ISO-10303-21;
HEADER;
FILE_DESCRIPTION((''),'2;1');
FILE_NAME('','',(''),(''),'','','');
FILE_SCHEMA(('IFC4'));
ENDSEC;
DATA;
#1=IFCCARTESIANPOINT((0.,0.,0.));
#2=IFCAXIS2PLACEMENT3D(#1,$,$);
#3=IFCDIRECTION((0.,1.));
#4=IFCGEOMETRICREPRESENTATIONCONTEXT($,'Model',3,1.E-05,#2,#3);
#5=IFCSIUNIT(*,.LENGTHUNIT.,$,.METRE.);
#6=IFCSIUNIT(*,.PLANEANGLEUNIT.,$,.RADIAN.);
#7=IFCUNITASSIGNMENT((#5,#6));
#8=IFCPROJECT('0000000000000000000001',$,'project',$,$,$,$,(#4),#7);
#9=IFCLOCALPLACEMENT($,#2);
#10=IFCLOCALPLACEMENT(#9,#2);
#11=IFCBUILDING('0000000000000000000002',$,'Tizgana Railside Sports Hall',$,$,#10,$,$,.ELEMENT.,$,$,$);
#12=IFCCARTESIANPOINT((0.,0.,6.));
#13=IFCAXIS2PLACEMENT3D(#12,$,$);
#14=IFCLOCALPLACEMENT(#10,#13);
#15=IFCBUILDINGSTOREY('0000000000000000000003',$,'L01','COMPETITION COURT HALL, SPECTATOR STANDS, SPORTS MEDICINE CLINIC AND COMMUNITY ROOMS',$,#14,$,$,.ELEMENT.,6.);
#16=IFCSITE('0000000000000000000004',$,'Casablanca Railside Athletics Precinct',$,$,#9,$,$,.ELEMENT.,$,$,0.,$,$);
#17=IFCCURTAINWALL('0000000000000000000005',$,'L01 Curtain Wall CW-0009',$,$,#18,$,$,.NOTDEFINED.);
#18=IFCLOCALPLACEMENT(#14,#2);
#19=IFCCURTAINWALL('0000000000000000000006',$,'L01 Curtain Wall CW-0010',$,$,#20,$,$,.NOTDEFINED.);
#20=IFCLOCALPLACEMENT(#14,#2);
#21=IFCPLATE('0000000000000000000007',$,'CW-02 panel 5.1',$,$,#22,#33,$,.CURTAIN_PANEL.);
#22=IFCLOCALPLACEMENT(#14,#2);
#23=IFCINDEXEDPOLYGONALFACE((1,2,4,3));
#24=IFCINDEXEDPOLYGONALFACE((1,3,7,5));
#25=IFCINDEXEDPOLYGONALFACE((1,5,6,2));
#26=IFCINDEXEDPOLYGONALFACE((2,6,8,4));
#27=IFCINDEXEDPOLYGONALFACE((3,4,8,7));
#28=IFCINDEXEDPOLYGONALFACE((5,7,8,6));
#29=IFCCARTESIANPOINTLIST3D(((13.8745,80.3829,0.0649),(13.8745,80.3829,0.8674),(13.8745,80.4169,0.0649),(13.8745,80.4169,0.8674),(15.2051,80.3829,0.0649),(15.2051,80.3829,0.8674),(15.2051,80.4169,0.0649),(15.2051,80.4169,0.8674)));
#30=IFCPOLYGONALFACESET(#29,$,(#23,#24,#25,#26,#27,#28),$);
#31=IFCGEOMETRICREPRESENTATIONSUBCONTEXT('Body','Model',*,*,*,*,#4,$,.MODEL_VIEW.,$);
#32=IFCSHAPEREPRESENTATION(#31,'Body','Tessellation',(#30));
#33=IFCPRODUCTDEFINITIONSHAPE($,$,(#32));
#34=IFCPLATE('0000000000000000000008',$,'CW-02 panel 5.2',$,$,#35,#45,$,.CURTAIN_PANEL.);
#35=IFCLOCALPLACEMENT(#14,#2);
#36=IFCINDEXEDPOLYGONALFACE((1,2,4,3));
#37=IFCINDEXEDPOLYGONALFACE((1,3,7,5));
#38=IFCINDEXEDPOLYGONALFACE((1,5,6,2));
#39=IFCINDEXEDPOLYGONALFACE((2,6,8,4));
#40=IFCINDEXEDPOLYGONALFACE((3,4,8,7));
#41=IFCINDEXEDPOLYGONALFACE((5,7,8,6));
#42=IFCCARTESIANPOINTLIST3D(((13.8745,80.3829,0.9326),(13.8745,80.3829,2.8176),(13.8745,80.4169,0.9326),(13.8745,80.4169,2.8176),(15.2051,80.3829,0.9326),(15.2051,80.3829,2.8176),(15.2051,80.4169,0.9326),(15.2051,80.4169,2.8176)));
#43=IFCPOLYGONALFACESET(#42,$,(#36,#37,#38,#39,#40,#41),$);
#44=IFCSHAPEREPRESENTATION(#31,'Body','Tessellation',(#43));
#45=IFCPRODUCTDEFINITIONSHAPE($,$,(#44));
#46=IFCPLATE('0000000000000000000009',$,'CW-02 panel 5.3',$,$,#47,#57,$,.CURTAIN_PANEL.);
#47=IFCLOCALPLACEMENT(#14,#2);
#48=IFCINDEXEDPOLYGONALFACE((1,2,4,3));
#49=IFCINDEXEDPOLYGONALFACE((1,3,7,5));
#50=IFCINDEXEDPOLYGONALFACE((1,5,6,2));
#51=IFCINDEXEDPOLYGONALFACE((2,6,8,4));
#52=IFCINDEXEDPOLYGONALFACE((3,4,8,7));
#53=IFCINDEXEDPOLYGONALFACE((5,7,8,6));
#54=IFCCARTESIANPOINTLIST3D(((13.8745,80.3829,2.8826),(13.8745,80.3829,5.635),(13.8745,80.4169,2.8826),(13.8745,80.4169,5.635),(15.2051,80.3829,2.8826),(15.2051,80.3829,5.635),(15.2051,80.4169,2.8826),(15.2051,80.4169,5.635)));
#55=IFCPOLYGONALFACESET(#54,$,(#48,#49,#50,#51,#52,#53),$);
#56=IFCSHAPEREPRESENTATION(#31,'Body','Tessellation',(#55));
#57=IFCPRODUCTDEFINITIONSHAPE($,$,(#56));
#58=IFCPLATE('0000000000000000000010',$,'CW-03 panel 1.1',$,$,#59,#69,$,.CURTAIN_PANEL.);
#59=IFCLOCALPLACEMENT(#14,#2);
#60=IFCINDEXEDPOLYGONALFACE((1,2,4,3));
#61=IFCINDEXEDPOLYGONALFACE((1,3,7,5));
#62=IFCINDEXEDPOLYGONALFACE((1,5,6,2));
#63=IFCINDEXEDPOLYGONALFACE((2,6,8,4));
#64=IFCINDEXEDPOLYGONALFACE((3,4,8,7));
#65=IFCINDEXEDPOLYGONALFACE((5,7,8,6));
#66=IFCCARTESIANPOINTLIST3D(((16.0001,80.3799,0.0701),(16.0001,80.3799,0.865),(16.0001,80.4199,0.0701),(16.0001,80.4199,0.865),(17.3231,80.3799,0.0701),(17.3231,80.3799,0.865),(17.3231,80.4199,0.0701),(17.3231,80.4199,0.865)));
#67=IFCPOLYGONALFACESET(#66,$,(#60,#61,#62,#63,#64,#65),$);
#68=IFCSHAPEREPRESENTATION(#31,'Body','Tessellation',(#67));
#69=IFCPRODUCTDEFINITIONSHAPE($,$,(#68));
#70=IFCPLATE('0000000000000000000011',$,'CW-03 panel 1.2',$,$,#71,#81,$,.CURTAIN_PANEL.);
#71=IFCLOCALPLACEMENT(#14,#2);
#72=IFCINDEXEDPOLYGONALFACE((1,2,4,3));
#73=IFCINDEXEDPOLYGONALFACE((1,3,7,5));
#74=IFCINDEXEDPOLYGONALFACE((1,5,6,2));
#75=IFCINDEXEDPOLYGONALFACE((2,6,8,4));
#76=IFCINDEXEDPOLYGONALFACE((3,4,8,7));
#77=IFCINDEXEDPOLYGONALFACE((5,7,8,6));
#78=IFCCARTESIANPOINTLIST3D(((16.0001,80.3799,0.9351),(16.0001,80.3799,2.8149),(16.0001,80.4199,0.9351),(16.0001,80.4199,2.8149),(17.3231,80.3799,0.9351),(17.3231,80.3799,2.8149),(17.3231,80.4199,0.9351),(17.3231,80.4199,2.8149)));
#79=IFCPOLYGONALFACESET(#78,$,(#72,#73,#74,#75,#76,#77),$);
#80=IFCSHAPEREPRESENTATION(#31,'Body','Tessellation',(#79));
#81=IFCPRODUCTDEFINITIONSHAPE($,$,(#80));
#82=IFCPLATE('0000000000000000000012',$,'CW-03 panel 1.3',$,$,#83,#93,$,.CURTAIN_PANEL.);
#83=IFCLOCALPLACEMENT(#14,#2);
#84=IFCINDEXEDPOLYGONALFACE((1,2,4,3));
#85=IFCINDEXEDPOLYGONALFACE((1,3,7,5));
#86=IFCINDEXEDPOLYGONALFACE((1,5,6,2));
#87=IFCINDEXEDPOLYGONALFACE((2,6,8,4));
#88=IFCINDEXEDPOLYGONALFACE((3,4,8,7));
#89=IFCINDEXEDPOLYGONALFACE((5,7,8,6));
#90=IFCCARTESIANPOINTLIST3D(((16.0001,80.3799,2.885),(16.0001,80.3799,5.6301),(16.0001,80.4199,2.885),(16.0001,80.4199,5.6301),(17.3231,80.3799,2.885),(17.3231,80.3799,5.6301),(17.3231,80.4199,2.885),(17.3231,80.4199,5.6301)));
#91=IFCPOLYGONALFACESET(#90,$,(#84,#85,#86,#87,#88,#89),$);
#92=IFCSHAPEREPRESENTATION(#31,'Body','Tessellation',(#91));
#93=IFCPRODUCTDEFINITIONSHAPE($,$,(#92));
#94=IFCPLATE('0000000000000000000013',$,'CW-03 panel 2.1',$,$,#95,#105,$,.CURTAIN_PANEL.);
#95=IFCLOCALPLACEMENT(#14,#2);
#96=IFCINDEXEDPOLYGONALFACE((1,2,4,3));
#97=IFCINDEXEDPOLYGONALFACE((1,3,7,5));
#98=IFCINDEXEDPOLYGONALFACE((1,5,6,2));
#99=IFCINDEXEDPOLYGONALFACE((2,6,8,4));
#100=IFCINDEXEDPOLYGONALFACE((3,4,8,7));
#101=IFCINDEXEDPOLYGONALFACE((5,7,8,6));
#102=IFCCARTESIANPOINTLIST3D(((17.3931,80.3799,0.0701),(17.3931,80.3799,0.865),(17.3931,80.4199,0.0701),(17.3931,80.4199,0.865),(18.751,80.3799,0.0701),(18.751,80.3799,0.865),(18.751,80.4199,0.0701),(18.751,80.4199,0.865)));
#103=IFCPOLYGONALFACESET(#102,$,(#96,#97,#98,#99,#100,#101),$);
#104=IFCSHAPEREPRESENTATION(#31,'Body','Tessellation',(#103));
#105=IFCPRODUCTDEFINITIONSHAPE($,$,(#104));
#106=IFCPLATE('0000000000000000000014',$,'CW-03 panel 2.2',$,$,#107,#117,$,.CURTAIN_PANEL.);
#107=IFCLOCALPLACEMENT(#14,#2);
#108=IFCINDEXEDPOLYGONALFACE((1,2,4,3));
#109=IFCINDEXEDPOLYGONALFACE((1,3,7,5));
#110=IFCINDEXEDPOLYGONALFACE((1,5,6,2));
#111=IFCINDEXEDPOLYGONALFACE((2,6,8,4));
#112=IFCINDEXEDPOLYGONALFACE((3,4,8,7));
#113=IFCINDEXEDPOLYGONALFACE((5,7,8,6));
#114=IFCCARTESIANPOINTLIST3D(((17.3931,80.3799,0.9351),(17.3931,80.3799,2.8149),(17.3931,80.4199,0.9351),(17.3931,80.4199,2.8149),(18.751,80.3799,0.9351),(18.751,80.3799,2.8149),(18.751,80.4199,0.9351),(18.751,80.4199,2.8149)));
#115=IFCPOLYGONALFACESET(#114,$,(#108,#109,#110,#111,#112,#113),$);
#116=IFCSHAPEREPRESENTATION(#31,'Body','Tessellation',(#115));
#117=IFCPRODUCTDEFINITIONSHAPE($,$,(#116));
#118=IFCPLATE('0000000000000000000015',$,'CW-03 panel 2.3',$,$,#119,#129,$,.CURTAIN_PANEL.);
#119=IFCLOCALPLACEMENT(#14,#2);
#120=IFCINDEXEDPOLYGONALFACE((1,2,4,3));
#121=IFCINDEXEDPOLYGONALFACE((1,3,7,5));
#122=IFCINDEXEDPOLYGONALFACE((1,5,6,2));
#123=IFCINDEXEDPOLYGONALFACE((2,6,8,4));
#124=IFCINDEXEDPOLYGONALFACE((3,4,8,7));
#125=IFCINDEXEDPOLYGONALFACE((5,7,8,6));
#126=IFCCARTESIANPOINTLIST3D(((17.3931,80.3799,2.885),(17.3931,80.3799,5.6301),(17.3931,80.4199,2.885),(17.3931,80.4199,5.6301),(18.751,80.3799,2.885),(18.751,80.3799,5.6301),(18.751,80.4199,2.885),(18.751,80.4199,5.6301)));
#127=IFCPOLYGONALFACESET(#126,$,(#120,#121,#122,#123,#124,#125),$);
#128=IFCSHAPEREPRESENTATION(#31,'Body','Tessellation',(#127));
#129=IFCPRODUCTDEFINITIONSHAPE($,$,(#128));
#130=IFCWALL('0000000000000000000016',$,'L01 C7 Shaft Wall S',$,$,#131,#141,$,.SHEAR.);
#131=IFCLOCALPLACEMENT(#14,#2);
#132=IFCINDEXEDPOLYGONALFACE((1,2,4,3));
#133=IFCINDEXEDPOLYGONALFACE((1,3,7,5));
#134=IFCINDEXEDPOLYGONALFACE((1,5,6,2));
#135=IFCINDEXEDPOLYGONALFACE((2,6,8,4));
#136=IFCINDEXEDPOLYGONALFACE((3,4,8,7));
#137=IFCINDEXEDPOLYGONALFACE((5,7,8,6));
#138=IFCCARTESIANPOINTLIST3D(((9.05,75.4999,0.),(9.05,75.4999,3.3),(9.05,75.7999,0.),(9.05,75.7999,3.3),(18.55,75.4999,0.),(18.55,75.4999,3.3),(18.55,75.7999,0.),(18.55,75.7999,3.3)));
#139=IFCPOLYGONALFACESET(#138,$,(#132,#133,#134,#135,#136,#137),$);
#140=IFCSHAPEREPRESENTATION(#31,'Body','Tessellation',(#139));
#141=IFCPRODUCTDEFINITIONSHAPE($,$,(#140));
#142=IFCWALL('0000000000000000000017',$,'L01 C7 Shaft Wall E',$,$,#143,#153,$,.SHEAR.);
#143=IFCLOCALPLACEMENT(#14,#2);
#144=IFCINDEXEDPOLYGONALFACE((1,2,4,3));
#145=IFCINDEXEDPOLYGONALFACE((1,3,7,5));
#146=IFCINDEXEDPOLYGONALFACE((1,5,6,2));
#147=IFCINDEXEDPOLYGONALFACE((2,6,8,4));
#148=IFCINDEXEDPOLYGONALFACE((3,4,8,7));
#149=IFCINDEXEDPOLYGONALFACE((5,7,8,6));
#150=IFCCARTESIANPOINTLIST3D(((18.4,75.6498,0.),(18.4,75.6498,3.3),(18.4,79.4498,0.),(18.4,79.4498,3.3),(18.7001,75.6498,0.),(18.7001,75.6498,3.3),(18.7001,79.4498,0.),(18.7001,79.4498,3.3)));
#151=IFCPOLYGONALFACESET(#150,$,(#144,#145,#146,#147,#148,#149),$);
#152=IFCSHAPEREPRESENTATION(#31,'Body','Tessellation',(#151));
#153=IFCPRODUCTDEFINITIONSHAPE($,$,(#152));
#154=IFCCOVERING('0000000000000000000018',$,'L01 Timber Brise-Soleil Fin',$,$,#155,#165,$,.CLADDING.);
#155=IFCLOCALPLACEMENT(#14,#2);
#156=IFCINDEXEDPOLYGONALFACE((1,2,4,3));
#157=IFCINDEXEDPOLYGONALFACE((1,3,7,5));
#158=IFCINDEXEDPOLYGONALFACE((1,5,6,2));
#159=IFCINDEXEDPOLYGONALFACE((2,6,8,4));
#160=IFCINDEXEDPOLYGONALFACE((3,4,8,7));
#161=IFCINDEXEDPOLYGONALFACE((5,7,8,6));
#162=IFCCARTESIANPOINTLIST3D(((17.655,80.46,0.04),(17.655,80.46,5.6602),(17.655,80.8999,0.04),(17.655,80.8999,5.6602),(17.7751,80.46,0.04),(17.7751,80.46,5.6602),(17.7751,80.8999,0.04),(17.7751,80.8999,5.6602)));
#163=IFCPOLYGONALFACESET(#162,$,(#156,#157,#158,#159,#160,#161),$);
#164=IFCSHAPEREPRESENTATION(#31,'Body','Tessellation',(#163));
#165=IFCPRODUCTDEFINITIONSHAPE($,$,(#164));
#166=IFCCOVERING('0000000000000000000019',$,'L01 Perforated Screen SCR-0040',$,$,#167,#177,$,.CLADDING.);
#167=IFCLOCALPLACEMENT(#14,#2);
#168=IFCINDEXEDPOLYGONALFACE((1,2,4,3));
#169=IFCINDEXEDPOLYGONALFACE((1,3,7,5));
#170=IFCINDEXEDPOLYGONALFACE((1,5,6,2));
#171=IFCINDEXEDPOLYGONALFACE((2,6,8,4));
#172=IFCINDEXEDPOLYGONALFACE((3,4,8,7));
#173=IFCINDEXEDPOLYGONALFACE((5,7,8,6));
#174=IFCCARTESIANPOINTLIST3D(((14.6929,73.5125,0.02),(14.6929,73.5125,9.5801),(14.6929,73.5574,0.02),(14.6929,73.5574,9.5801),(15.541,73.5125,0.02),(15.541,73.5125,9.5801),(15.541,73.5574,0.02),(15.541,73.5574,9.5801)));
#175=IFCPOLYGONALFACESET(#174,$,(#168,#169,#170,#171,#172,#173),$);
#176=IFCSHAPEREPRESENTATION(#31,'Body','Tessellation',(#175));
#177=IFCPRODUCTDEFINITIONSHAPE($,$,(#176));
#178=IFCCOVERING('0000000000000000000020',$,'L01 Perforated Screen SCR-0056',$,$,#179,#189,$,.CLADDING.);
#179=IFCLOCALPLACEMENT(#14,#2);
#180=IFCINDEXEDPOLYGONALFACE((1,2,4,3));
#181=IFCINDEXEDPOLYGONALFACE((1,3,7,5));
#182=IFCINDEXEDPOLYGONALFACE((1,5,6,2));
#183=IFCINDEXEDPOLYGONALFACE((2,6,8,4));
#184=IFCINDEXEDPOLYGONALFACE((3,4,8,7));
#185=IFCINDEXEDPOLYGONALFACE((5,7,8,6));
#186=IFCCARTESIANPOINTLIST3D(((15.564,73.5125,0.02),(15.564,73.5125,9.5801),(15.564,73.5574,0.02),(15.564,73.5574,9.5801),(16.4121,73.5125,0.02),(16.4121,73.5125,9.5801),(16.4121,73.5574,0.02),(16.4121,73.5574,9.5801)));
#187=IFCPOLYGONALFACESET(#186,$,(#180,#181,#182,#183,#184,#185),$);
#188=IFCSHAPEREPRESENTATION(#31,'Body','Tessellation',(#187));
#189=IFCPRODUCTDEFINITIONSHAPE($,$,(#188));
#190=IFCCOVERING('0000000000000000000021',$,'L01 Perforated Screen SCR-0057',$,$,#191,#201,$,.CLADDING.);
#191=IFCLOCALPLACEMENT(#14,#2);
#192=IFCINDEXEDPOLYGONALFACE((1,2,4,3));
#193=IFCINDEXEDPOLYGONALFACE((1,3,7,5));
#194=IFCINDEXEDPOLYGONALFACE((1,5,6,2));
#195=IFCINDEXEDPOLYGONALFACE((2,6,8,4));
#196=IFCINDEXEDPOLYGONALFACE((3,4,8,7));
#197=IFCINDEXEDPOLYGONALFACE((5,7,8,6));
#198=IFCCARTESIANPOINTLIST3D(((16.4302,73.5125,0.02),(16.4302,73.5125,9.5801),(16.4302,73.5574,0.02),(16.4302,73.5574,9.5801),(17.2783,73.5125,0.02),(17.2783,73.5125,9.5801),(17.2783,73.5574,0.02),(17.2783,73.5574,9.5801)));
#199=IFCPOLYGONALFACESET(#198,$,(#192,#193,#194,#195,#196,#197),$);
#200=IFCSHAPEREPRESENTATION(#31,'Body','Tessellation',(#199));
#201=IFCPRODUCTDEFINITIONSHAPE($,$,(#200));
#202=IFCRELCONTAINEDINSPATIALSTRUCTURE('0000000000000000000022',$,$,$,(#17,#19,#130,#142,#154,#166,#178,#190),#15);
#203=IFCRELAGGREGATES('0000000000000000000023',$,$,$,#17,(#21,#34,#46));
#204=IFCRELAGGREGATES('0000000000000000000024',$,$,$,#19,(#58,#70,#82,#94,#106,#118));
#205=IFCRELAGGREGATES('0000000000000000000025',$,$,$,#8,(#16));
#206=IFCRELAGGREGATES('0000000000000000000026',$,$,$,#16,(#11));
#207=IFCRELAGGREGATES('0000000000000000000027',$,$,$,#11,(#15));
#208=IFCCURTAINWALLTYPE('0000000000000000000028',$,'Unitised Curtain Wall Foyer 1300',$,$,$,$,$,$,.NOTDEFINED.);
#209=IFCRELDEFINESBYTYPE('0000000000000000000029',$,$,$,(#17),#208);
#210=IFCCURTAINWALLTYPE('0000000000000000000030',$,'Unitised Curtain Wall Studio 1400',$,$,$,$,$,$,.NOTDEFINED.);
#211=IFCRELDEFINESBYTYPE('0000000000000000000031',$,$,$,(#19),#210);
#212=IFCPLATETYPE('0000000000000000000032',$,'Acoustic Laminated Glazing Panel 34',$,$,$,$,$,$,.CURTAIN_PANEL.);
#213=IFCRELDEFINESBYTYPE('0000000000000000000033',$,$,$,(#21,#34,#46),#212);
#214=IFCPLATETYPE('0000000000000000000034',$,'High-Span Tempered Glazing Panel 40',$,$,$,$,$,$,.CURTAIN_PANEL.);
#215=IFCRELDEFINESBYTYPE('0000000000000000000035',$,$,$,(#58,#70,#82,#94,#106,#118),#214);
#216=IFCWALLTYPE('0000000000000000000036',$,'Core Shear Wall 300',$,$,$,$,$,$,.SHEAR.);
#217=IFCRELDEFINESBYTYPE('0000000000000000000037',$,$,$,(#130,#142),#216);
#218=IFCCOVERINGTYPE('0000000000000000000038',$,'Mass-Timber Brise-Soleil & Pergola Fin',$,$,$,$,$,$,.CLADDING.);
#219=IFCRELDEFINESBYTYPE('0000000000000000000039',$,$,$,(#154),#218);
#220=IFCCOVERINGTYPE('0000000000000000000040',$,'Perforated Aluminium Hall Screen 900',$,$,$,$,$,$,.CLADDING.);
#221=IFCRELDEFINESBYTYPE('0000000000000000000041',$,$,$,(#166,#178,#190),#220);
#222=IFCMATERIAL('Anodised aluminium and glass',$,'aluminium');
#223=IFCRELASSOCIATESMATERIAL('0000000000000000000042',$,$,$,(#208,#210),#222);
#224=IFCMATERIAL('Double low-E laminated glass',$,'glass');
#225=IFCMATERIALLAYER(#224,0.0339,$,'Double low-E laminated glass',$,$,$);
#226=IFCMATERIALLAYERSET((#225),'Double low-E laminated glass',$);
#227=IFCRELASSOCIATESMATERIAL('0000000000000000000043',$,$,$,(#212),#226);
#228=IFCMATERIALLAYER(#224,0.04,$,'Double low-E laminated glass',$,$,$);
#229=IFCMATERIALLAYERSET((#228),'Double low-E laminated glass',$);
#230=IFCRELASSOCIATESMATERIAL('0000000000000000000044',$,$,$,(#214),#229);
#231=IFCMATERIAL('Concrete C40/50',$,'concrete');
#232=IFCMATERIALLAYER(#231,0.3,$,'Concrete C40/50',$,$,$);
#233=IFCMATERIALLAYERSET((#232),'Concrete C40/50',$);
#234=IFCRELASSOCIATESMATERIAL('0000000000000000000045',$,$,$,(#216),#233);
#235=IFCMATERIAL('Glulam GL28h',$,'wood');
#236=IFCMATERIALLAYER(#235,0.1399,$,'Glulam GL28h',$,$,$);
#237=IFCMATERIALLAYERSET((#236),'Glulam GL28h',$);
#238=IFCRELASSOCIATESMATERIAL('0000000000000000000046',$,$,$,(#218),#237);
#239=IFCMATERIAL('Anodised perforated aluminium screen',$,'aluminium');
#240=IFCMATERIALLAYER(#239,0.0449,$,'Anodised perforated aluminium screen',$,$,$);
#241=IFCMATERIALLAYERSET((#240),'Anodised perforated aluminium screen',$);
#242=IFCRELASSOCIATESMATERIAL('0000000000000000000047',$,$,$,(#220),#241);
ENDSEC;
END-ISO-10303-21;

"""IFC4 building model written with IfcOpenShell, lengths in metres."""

from ifc_helpers import new_model, si_unit, direction, frame, frame_2d, origin, origin_2d, place, context, subcontext, project, spatial, rectangle, extrude, material, layer, layer_set, type_object, element, aggregate, save


model = new_model("IFC4")

# Units and contexts
model_context = context("Model", 3, precision=1e-05, world=origin(), true_north=direction((0.0, 1.0)))
body_context = subcontext(model_context, "Body", "Model", "MODEL_VIEW")
ifc_project = project(units=[si_unit("LENGTHUNIT", "METRE"), si_unit("PLANEANGLEUNIT", "RADIAN")], contexts=[model_context])

# Site, building, storey
site_placement = place(None, origin())
site = spatial("IfcSite", under=ifc_project, at=site_placement, Name="Casablanca Railside Athletics Precinct", CompositionType="ELEMENT", RefElevation=0.0)
building_placement = place(site_placement, origin())
building = spatial("IfcBuilding", under=site, at=building_placement, Name="Tizgana Railside Sports Hall", CompositionType="ELEMENT")
storey_placement = place(building_placement, frame((0.0, 0.0, 6.0)))
storey = spatial("IfcBuildingStorey", under=building, at=storey_placement, Name="L01", Description="COMPETITION COURT HALL, SPECTATOR STANDS, SPORTS MEDICINE CLINIC AND COMMUNITY ROOMS", CompositionType="ELEMENT", Elevation=6.0)

# Shared definitions
ifc_material_1 = material(Name="Concrete C40/50", Category="concrete")

# Curtain wall
ifc_material_2 = material(Name="Anodised aluminium and glass", Category="aluminium")
curtain_wall_type_1 = type_object("IfcCurtainWallType", Name="Unitised Curtain Wall Foyer 1300", PredefinedType="NOTDEFINED", material=ifc_material_2)
curtain_wall_1_placement = place(storey_placement, origin())
curtain_wall_1 = element("IfcCurtainWall", 1, at=curtain_wall_1_placement, inside=storey, type_object=curtain_wall_type_1, Name="L01 Curtain Wall CW-0009", PredefinedType="NOTDEFINED")

# Curtain wall
curtain_wall_type_2 = type_object("IfcCurtainWallType", Name="Unitised Curtain Wall Studio 1400", PredefinedType="NOTDEFINED", material=ifc_material_2)
curtain_wall_2_placement = place(storey_placement, origin())
curtain_wall_2 = element("IfcCurtainWall", 2, at=curtain_wall_2_placement, inside=storey, type_object=curtain_wall_type_2, Name="L01 Curtain Wall CW-0010", PredefinedType="NOTDEFINED")

# Plates
ifc_material_3 = material(Name="Double low-E laminated glass", Category="glass")
ifc_layer_1 = layer(ifc_material_3, 0.0339, Name="Double low-E laminated glass")
ifc_layer_set_1 = layer_set([ifc_layer_1], Name="Double low-E laminated glass")
plate_type_1 = type_object("IfcPlateType", Name="Acoustic Laminated Glazing Panel 34", PredefinedType="CURTAIN_PANEL", material=ifc_layer_set_1)
plate_1_placement = place(storey_placement, frame((14.5398, 80.3999, 0.0649), z_axis=(0.0, 0.0, 1.0), x_axis=(1.0, 0.0, 0.0)))
plate_1 = element("IfcPlate", 3, at=plate_1_placement, type_object=plate_type_1, Name="CW-02 panel 5.1", PredefinedType="CURTAIN_PANEL", context=body_context, shape_type="SweptSolid", body=[
    extrude(rectangle(XDim=1.3306, YDim=0.0339, at=origin_2d()), origin(), (0.0, 0.0, 1.0), 0.8025),
])
plate_2_placement = place(storey_placement, frame((14.5398, 80.3999, 0.9326), z_axis=(0.0, 0.0, 1.0), x_axis=(1.0, 0.0, 0.0)))
plate_2 = element("IfcPlate", 4, at=plate_2_placement, type_object=plate_type_1, Name="CW-02 panel 5.2", PredefinedType="CURTAIN_PANEL", context=body_context, shape_type="SweptSolid", body=[
    extrude(rectangle(XDim=1.3306, YDim=0.0339, at=origin_2d()), origin(), (0.0, 0.0, 1.0), 1.885),
])
plate_3_placement = place(storey_placement, frame((14.5398, 80.3999, 2.8826), z_axis=(0.0, 0.0, 1.0), x_axis=(1.0, 0.0, 0.0)))
plate_3 = element("IfcPlate", 5, at=plate_3_placement, type_object=plate_type_1, Name="CW-02 panel 5.3", PredefinedType="CURTAIN_PANEL", context=body_context, shape_type="SweptSolid", body=[
    extrude(rectangle(XDim=1.3306, YDim=0.0339, at=origin_2d()), origin(), (0.0, 0.0, 1.0), 2.7524),
])
aggregate(curtain_wall_1, [plate_1, plate_2, plate_3])
ifc_layer_2 = layer(ifc_material_3, 0.04, Name="Double low-E laminated glass")
ifc_layer_set_2 = layer_set([ifc_layer_2], Name="Double low-E laminated glass")
plate_type_2 = type_object("IfcPlateType", Name="High-Span Tempered Glazing Panel 40", PredefinedType="CURTAIN_PANEL", material=ifc_layer_set_2)
plate_4_placement = place(storey_placement, frame((16.6616, 80.3999, 0.0701), z_axis=(0.0, 0.0, 1.0), x_axis=(1.0, 0.0, 0.0)))
plate_4 = element("IfcPlate", 6, at=plate_4_placement, type_object=plate_type_2, Name="CW-03 panel 1.1", PredefinedType="CURTAIN_PANEL", context=body_context, shape_type="SweptSolid", body=[
    extrude(rectangle(XDim=1.323, YDim=0.04, at=origin_2d()), origin(), (0.0, 0.0, 1.0), 0.7949),
])
plate_5_placement = place(storey_placement, frame((16.6616, 80.3999, 0.9351), z_axis=(0.0, 0.0, 1.0), x_axis=(1.0, 0.0, 0.0)))
plate_5 = element("IfcPlate", 7, at=plate_5_placement, type_object=plate_type_2, Name="CW-03 panel 1.2", PredefinedType="CURTAIN_PANEL", context=body_context, shape_type="SweptSolid", body=[
    extrude(rectangle(XDim=1.323, YDim=0.04, at=origin_2d()), origin(), (0.0, 0.0, 1.0), 1.8799),
])
plate_6_placement = place(storey_placement, frame((16.6616, 80.3999, 2.885), z_axis=(0.0, 0.0, 1.0), x_axis=(1.0, 0.0, 0.0)))
plate_6 = element("IfcPlate", 8, at=plate_6_placement, type_object=plate_type_2, Name="CW-03 panel 1.3", PredefinedType="CURTAIN_PANEL", context=body_context, shape_type="SweptSolid", body=[
    extrude(rectangle(XDim=1.323, YDim=0.04, at=origin_2d()), origin(), (0.0, 0.0, 1.0), 2.7451),
])
plate_7_placement = place(storey_placement, frame((18.072, 80.3999, 0.0701), z_axis=(0.0, 0.0, 1.0), x_axis=(1.0, 0.0, 0.0)))
plate_7 = element("IfcPlate", 9, at=plate_7_placement, type_object=plate_type_2, Name="CW-03 panel 2.1", PredefinedType="CURTAIN_PANEL", context=body_context, shape_type="SweptSolid", body=[
    extrude(rectangle(XDim=1.3579, YDim=0.04, at=origin_2d()), origin(), (0.0, 0.0, 1.0), 0.7949),
])
plate_8_placement = place(storey_placement, frame((18.072, 80.3999, 0.9351), z_axis=(0.0, 0.0, 1.0), x_axis=(1.0, 0.0, 0.0)))
plate_8 = element("IfcPlate", 10, at=plate_8_placement, type_object=plate_type_2, Name="CW-03 panel 2.2", PredefinedType="CURTAIN_PANEL", context=body_context, shape_type="SweptSolid", body=[
    extrude(rectangle(XDim=1.3579, YDim=0.04, at=origin_2d()), origin(), (0.0, 0.0, 1.0), 1.8799),
])
plate_9_placement = place(storey_placement, frame((18.072, 80.3999, 2.885), z_axis=(0.0, 0.0, 1.0), x_axis=(1.0, 0.0, 0.0)))
plate_9 = element("IfcPlate", 11, at=plate_9_placement, type_object=plate_type_2, Name="CW-03 panel 2.3", PredefinedType="CURTAIN_PANEL", context=body_context, shape_type="SweptSolid", body=[
    extrude(rectangle(XDim=1.3579, YDim=0.04, at=origin_2d()), origin(), (0.0, 0.0, 1.0), 2.7451),
])
aggregate(curtain_wall_2, [plate_4, plate_5, plate_6, plate_7, plate_8, plate_9])

# Walls
ifc_layer_3 = layer(ifc_material_1, 0.3, Name="Concrete C40/50")
ifc_layer_set_3 = layer_set([ifc_layer_3], Name="Concrete C40/50")
wall_type = type_object("IfcWallType", Name="Core Shear Wall 300", PredefinedType="SHEAR", material=ifc_layer_set_3)
wall_1_placement = place(storey_placement, frame((18.55, 75.6499, 0.0), z_axis=(0.0, 0.0, 1.0), x_axis=(-1.0, 0.0, 0.0)))
element("IfcWall", 12, at=wall_1_placement, inside=storey, type_object=wall_type, Name="L01 C7 Shaft Wall S", PredefinedType="SHEAR", context=body_context, shape_type="SweptSolid", body=[
    extrude(rectangle(XDim=9.5, YDim=0.3, at=frame_2d((4.75, 0.0))), origin(), (0.0, 0.0, 1.0), 3.3),
])
wall_2_placement = place(storey_placement, frame((18.55, 75.6499, 0.0), z_axis=(0.0, 0.0, 1.0), x_axis=(0.0, 1.0, 0.0)))
element("IfcWall", 13, at=wall_2_placement, inside=storey, type_object=wall_type, Name="L01 C7 Shaft Wall E", PredefinedType="SHEAR", context=body_context, shape_type="SweptSolid", body=[
    extrude(rectangle(XDim=3.8, YDim=0.3, at=frame_2d((1.8999, 0.0))), origin(), (0.0, 0.0, 1.0), 3.3),
])

# Coverings
ifc_material_4 = material(Name="Glulam GL28h", Category="wood")
ifc_layer_4 = layer(ifc_material_4, 0.1399, Name="Glulam GL28h")
ifc_layer_set_4 = layer_set([ifc_layer_4], Name="Glulam GL28h")
covering_type_1 = type_object("IfcCoveringType", Name="Mass-Timber Brise-Soleil & Pergola Fin", PredefinedType="CLADDING", material=ifc_layer_set_4)
covering_placement = place(storey_placement, frame((17.7151, 80.6799, 0.04), z_axis=(0.0, 0.0, 1.0), x_axis=(1.0, 0.0, 0.0)))
element("IfcCovering", 14, at=covering_placement, inside=storey, type_object=covering_type_1, Name="L01 Timber Brise-Soleil Fin", PredefinedType="CLADDING", context=body_context, shape_type="SweptSolid", body=[
    extrude(rectangle(XDim=0.1201, YDim=0.4399, at=origin_2d()), origin(), (0.0, 0.0, 1.0), 5.6201),
])
ifc_material_5 = material(Name="Anodised perforated aluminium screen", Category="aluminium")
ifc_layer_5 = layer(ifc_material_5, 0.0449, Name="Anodised perforated aluminium screen")
ifc_layer_set_5 = layer_set([ifc_layer_5], Name="Anodised perforated aluminium screen")
covering_type_2 = type_object("IfcCoveringType", Name="Perforated Aluminium Hall Screen 900", PredefinedType="CLADDING", material=ifc_layer_set_5)
for number, where, z_axis, x_axis, name in (
    (15, (15.1169, 73.5349, 0.02), (0.0, 0.0, 1.0), (1.0, 0.0, 0.0), "L01 Perforated Screen SCR-0040"),
    (16, (15.988, 73.5349, 0.02), (0.0, 0.0, 1.0), (1.0, 0.0, 0.0), "L01 Perforated Screen SCR-0056"),
    (17, (16.8542, 73.5349, 0.02), (0.0, 0.0, 1.0), (1.0, 0.0, 0.0), "L01 Perforated Screen SCR-0057"),
):
    element("IfcCovering", number, at=place(storey_placement, frame(where, z_axis=z_axis, x_axis=x_axis)), inside=storey, type_object=covering_type_2, Name=name, PredefinedType="CLADDING", context=body_context, shape_type="SweptSolid", body=[
        extrude(rectangle(XDim=0.8481, YDim=0.0449, at=origin_2d()), origin(), (0.0, 0.0, 1.0), 9.5601),
    ])

save(model, "model.ifc")
